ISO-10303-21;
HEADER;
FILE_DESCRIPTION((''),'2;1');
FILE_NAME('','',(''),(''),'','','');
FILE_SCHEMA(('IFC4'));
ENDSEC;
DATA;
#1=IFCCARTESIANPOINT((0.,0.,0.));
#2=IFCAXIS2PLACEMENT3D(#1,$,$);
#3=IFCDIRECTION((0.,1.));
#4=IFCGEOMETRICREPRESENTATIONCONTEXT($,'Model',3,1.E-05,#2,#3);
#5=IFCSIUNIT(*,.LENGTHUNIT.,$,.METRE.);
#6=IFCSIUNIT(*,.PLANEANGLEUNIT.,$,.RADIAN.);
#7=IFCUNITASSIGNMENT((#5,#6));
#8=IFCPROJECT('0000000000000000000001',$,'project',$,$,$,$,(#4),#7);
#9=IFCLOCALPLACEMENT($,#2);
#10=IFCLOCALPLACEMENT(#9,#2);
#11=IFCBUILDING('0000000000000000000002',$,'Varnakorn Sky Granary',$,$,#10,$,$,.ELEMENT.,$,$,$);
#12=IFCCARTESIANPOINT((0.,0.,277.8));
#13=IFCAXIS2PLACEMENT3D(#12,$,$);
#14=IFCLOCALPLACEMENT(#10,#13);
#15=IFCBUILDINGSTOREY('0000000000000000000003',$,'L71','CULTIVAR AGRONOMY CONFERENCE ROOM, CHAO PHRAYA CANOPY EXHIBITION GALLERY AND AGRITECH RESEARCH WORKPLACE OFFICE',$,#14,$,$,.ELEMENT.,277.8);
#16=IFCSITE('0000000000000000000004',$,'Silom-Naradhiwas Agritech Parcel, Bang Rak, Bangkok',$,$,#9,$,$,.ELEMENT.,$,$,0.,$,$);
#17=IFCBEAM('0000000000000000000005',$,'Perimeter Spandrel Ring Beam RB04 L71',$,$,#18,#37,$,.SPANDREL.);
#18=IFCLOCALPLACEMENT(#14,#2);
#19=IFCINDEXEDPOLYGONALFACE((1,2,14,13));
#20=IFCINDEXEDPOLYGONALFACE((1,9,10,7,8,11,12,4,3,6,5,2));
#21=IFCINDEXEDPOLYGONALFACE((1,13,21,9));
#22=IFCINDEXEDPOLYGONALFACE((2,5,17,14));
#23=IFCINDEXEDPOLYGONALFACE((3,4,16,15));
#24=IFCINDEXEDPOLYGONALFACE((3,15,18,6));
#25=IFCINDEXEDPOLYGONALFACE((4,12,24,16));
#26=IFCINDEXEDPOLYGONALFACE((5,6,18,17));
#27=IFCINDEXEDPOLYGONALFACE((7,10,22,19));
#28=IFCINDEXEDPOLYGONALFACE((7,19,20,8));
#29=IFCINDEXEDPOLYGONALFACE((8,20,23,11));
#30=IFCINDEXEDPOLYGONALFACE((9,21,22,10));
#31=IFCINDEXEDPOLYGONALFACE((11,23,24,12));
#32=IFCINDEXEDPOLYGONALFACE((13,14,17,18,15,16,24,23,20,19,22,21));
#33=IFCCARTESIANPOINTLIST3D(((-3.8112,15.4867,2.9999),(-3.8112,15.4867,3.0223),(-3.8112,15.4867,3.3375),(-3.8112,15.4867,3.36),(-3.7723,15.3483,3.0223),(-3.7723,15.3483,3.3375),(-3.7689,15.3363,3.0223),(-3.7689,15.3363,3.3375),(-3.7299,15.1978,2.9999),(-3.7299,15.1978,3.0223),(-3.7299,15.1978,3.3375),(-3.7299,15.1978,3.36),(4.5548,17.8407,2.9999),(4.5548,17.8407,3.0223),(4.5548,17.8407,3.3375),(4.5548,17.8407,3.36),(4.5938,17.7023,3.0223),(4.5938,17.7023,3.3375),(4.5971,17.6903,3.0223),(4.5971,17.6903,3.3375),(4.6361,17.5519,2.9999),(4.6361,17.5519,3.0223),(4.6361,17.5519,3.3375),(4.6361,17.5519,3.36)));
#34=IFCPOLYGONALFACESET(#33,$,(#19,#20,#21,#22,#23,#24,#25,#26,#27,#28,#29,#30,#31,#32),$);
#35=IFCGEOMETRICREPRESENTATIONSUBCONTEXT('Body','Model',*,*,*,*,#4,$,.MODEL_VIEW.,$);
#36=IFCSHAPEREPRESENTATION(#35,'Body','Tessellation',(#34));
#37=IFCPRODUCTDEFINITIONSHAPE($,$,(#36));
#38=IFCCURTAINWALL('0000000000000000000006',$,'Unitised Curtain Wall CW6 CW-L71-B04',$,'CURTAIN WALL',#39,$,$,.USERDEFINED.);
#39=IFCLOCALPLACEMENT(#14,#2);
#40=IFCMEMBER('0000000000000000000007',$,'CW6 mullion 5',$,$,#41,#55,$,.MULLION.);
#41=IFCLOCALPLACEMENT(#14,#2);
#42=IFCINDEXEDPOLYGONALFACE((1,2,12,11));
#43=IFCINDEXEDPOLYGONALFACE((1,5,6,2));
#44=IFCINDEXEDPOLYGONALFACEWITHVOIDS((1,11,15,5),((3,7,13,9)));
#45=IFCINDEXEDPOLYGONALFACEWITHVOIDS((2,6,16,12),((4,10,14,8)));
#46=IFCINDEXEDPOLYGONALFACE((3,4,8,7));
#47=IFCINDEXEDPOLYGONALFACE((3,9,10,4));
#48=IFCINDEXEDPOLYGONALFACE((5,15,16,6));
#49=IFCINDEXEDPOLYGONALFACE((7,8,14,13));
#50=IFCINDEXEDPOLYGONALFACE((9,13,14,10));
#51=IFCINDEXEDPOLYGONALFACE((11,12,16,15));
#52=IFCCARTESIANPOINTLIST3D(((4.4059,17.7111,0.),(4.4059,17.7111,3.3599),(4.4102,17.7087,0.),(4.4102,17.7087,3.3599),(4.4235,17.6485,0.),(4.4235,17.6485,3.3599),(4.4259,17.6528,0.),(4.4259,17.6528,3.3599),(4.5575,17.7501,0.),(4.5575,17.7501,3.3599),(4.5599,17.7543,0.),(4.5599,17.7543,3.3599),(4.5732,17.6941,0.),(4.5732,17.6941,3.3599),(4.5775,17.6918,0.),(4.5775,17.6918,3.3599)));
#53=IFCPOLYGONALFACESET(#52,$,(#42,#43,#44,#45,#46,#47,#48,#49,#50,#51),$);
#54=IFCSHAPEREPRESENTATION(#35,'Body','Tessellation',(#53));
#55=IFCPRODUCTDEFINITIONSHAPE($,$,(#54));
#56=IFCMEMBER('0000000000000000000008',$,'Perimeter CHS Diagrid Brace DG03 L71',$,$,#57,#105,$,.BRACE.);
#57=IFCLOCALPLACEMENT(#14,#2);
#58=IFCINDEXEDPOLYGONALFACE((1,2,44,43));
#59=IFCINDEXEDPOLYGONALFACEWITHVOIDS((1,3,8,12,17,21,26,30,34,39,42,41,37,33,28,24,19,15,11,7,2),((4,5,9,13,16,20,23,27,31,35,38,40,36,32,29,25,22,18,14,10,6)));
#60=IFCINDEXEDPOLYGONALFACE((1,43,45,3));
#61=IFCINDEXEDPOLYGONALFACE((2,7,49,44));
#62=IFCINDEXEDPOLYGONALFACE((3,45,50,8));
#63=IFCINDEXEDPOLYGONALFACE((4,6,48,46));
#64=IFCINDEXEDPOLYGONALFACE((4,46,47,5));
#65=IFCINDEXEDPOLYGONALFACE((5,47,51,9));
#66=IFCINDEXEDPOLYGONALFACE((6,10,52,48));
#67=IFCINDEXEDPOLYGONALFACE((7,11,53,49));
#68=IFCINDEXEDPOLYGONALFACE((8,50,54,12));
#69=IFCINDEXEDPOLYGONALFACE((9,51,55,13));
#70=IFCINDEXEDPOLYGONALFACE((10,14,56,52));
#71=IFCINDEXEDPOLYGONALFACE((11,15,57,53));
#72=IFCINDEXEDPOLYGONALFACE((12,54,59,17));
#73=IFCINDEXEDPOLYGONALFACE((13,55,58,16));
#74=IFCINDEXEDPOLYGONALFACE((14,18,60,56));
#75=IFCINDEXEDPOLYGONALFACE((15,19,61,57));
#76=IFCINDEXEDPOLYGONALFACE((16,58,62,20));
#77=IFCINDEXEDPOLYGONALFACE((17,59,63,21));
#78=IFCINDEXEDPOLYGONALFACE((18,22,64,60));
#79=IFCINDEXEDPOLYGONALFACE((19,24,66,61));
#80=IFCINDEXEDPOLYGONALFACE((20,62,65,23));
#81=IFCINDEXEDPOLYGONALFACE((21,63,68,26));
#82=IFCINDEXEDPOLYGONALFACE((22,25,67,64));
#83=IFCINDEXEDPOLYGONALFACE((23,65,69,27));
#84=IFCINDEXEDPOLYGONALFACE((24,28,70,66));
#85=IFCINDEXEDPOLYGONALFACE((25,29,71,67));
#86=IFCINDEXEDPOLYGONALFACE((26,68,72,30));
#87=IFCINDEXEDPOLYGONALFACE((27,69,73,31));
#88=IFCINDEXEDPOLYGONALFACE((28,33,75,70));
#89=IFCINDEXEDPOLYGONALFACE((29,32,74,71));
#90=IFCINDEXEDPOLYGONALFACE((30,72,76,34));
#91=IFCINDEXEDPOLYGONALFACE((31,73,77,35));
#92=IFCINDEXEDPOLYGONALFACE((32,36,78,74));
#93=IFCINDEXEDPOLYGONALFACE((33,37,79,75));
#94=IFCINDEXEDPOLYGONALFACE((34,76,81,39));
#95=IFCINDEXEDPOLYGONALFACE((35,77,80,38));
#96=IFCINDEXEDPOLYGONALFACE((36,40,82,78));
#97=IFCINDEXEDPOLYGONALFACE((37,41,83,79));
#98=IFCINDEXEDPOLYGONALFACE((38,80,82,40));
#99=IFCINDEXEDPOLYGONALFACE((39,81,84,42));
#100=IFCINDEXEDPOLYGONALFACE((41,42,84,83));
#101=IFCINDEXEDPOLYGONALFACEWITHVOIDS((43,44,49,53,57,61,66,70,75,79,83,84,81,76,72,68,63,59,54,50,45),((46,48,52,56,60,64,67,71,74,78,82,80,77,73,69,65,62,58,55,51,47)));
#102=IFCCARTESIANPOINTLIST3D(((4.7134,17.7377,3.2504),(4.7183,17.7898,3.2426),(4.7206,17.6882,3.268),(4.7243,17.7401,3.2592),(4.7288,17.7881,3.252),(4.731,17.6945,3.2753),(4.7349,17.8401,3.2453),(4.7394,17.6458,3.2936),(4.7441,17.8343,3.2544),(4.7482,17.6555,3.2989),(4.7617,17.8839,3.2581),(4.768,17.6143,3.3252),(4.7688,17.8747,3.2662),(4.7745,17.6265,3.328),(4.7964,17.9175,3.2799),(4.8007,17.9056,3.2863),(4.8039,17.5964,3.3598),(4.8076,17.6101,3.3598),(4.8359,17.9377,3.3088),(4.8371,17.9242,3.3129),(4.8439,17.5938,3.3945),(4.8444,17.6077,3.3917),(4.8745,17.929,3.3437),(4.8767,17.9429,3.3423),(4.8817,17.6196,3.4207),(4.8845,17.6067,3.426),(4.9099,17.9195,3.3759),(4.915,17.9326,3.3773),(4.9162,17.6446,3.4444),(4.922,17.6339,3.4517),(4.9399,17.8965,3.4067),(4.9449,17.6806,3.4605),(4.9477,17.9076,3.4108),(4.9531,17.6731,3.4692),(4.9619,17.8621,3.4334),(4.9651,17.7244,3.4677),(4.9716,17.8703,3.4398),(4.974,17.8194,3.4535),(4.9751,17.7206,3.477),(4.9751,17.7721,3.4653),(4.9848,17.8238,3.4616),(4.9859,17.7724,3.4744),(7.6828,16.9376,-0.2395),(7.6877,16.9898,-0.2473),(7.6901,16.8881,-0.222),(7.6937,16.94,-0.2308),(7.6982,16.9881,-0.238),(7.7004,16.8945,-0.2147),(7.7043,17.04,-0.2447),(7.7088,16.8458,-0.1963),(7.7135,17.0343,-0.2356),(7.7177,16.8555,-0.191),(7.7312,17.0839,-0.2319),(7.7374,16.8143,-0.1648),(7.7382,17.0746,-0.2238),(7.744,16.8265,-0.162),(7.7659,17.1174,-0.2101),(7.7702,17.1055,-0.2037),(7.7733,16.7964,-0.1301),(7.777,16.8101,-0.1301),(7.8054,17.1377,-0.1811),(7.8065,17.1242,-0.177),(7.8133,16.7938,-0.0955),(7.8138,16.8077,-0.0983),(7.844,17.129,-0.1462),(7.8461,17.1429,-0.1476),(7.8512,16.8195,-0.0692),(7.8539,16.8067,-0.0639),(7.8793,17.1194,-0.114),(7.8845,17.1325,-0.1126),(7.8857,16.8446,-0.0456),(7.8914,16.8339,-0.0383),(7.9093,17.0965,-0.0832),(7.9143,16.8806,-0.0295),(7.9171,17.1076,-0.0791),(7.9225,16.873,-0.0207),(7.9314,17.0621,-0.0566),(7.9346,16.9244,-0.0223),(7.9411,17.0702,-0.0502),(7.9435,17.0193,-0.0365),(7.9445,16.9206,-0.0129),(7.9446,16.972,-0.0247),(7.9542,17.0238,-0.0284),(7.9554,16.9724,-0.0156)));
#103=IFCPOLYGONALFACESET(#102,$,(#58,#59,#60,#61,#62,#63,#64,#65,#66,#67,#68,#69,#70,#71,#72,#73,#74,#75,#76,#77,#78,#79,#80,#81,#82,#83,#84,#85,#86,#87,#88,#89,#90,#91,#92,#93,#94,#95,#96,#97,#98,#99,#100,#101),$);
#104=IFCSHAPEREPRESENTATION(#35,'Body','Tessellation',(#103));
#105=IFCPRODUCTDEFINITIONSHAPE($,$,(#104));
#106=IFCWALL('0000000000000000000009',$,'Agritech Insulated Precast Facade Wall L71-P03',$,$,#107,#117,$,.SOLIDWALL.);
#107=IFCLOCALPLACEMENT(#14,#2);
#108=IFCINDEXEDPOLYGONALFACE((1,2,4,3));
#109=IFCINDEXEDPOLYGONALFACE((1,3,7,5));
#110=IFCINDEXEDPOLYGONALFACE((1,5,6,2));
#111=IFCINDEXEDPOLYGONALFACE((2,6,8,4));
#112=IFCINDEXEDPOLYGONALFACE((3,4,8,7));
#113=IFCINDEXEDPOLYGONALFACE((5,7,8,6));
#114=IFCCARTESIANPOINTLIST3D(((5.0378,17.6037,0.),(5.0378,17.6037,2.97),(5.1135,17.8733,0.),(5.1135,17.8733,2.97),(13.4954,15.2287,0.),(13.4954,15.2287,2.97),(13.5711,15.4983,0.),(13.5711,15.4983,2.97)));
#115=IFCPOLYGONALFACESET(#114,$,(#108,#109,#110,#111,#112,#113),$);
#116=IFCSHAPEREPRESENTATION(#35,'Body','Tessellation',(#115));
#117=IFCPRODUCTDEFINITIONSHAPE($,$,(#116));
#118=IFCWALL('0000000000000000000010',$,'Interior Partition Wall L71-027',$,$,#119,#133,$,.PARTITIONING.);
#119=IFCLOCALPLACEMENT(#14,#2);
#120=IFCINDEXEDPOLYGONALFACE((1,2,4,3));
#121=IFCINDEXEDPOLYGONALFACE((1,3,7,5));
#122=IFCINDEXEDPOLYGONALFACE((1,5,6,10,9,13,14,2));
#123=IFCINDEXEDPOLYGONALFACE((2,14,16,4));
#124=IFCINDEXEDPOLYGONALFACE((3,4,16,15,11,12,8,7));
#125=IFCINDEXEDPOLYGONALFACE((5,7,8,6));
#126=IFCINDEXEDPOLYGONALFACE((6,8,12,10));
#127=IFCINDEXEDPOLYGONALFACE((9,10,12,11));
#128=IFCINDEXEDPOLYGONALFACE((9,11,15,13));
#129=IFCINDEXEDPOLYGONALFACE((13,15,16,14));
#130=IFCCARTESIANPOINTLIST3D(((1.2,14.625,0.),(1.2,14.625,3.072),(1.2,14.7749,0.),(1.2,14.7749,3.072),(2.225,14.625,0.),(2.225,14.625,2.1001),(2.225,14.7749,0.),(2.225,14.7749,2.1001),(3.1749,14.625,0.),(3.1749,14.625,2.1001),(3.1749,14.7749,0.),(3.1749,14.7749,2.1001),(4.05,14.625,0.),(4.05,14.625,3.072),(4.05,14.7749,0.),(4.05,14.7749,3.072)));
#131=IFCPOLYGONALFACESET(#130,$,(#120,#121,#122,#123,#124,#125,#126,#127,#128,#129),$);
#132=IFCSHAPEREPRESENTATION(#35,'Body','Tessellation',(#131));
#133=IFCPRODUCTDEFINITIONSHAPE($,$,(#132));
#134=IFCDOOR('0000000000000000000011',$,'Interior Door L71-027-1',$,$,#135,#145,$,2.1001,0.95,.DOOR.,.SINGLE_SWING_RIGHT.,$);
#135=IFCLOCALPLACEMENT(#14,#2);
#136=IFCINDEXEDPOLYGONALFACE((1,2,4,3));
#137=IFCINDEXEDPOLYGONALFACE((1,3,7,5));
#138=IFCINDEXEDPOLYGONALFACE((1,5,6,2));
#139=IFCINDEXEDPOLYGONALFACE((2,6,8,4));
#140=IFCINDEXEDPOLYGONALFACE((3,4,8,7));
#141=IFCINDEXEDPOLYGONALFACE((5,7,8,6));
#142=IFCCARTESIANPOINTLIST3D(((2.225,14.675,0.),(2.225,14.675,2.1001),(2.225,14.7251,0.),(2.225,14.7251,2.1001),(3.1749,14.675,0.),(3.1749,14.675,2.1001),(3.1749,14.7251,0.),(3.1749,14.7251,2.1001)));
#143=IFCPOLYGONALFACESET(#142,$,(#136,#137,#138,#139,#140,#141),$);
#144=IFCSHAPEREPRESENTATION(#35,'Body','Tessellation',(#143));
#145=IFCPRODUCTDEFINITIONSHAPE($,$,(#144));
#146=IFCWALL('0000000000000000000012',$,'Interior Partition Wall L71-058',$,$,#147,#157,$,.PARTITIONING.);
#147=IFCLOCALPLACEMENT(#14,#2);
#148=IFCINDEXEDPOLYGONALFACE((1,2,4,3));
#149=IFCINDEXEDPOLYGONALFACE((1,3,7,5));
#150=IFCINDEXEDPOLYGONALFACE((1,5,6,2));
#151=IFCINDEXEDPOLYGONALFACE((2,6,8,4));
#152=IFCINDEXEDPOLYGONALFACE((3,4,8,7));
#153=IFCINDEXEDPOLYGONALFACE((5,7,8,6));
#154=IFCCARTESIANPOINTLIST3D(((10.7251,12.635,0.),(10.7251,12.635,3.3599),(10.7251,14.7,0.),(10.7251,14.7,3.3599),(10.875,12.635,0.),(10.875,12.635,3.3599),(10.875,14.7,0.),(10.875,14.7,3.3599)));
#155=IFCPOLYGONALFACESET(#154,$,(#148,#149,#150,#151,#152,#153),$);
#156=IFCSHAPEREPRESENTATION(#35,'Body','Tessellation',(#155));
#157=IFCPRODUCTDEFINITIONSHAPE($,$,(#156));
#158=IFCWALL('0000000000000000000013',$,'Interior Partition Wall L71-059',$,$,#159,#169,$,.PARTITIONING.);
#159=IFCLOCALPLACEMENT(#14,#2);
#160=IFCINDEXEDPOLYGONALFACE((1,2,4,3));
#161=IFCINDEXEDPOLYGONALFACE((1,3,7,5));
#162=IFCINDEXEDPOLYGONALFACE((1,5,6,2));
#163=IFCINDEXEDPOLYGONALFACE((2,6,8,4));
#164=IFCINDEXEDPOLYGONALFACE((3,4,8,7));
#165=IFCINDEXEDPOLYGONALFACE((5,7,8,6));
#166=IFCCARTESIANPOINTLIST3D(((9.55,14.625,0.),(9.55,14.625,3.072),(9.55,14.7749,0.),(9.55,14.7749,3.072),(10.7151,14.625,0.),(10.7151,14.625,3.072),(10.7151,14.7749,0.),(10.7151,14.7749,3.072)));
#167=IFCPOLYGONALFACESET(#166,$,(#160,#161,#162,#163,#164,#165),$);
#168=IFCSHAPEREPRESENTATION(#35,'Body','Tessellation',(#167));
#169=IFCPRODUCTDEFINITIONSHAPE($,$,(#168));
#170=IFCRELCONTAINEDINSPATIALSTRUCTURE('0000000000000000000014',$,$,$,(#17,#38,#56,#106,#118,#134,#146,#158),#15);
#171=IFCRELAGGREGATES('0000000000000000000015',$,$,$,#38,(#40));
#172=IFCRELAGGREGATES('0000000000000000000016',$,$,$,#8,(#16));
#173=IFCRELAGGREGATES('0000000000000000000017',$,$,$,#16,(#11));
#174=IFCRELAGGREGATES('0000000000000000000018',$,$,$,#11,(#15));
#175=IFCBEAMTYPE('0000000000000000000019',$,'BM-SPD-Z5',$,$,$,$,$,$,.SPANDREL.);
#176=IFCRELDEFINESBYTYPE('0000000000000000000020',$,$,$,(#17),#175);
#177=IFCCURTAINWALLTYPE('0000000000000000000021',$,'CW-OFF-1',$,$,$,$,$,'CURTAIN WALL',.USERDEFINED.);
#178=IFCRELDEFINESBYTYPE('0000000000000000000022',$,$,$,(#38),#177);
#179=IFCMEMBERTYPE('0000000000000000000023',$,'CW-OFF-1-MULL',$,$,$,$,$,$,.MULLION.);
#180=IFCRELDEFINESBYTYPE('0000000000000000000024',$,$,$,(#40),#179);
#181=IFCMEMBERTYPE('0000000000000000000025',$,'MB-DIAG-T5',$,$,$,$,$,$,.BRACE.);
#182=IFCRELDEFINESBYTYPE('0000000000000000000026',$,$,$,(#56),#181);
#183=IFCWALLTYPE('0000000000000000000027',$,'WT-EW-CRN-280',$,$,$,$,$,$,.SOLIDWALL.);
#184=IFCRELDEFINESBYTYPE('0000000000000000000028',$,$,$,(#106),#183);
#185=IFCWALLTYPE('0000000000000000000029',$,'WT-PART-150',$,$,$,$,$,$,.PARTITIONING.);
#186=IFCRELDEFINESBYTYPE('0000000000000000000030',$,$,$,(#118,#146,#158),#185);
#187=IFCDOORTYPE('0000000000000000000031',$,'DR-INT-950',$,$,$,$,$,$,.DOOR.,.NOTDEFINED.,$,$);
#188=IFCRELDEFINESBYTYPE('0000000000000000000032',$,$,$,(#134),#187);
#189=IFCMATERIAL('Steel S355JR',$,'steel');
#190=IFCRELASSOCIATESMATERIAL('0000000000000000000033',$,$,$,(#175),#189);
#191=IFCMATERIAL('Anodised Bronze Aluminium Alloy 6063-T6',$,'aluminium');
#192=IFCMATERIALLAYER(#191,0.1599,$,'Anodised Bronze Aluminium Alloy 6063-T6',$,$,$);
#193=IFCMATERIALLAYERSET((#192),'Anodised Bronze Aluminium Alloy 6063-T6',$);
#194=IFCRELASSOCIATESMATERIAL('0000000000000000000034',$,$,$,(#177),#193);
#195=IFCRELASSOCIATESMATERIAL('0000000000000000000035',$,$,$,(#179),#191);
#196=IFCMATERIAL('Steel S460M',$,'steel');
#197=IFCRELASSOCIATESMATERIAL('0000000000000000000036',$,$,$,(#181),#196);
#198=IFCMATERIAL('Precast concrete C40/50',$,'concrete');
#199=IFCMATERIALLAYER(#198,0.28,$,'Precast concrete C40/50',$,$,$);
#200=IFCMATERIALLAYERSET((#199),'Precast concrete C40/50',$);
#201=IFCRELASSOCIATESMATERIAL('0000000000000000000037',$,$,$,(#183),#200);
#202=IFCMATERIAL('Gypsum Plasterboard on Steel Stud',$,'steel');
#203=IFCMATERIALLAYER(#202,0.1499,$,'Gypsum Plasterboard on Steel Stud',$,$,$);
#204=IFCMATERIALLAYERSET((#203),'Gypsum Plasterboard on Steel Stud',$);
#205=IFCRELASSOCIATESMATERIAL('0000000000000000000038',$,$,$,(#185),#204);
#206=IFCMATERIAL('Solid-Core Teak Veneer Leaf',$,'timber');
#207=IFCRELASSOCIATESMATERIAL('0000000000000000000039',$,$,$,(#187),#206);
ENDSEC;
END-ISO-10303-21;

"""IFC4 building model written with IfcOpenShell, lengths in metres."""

from ifc_helpers import new_model, si_unit, direction, frame, frame_2d, origin, origin_2d, place, context, subcontext, project, spatial, rectangle, hollow_rectangle, hollow_circle, i_section, extrude, material, layer, layer_set, material_profile, profile_set, type_object, element, fill, aggregate, save


model = new_model("IFC4")

# Units and contexts
model_context = context("Model", 3, precision=1e-05, world=origin(), true_north=direction((0.0, 1.0)))
body_context = subcontext(model_context, "Body", "Model", "MODEL_VIEW")
ifc_project = project(units=[si_unit("LENGTHUNIT", "METRE"), si_unit("PLANEANGLEUNIT", "RADIAN")], contexts=[model_context])

# Site, building, storey
site_placement = place(None, origin())
site = spatial("IfcSite", under=ifc_project, at=site_placement, Name="Silom-Naradhiwas Agritech Parcel, Bang Rak, Bangkok", CompositionType="ELEMENT", RefElevation=0.0)
building_placement = place(site_placement, origin())
building = spatial("IfcBuilding", under=site, at=building_placement, Name="Varnakorn Sky Granary", CompositionType="ELEMENT")
storey_placement = place(building_placement, frame((0.0, 0.0, 277.8)))
storey = spatial("IfcBuildingStorey", under=building, at=storey_placement, Name="L71", Description="CULTIVAR AGRONOMY CONFERENCE ROOM, CHAO PHRAYA CANOPY EXHIBITION GALLERY AND AGRITECH RESEARCH WORKPLACE OFFICE", CompositionType="ELEMENT", Elevation=277.8)

# Shared definitions
ifc_material_1 = material(Name="Steel S460M", Category="steel")

# Beam
ifc_material_2 = material(Name="Steel S355JR", Category="steel")
ifc_material_profile_1 = material_profile(ifc_material_2, i_section(OverallWidth=0.3, OverallDepth=0.3601, WebThickness=0.0125, FlangeThickness=0.0225, at=origin_2d()), Name="HE 360 B")
ifc_profile_set_1 = profile_set([ifc_material_profile_1], Name="Steel S355JR")
beam_type_1 = type_object("IfcBeamType", Name="BM-SPD-Z5", PredefinedType="SPANDREL", material=ifc_profile_set_1)
for number, where, z_axis, x_axis, name in (
    (1, (4.5955, 17.6963, 3.1799), (-0.962619, -0.27086, 0.0), (0.27086, -0.962619, 0.0), "Perimeter Spandrel Ring Beam RB04 L71"),
):
    element("IfcBeam", number, at=place(storey_placement, frame(where, z_axis=z_axis, x_axis=x_axis)), inside=storey, type_object=beam_type_1, Name=name, PredefinedType="SPANDREL", context=body_context, shape_type="SweptSolid", body=[
        extrude(i_section(OverallWidth=0.3, OverallDepth=0.3601, WebThickness=0.0125, FlangeThickness=0.0225, at=origin_2d()), origin(), (0.0, 0.0, 1.0), 8.6909),
    ])

# Curtain wall, member
ifc_material_3 = material(Name="Anodised Bronze Aluminium Alloy 6063-T6", Category="aluminium")
ifc_layer_1 = layer(ifc_material_3, 0.1599, Name="Anodised Bronze Aluminium Alloy 6063-T6")
ifc_layer_set_1 = layer_set([ifc_layer_1], Name="Anodised Bronze Aluminium Alloy 6063-T6")
curtain_wall_type = type_object("IfcCurtainWallType", Name="CW-OFF-1", ElementType="CURTAIN WALL", PredefinedType="USERDEFINED", material=ifc_layer_set_1)
curtain_wall_placement = place(storey_placement, origin())
curtain_wall = element("IfcCurtainWall", 2, at=curtain_wall_placement, inside=storey, type_object=curtain_wall_type, Name="Unitised Curtain Wall CW6 CW-L71-B04", ObjectType="CURTAIN WALL", PredefinedType="USERDEFINED")
ifc_material_profile_2 = material_profile(ifc_material_3, hollow_rectangle(XDim=0.0649, YDim=0.1599, WallThickness=0.0034, at=origin_2d()), Name="ALU MULL 65x160")
ifc_profile_set_2 = profile_set([ifc_material_profile_2], Name="Anodised Bronze Aluminium Alloy 6063-T6")
member_type_1 = type_object("IfcMemberType", Name="CW-OFF-1-MULL", PredefinedType="MULLION", material=ifc_profile_set_2)
member_1_placement = place(storey_placement, frame((4.4917, 17.7014, 0.0), z_axis=(0.0, 0.0, 1.0), x_axis=(-0.27037, 0.962756, 0.0)))
member_1 = element("IfcMember", 3, at=member_1_placement, type_object=member_type_1, Name="CW6 mullion 5", PredefinedType="MULLION", context=body_context, shape_type="SweptSolid", body=[
    extrude(hollow_rectangle(XDim=0.0649, YDim=0.1599, WallThickness=0.0034, at=origin_2d()), origin(), (0.0, 0.0, 1.0), 3.3599),
])
aggregate(curtain_wall, [member_1])

# Member
ifc_material_profile_3 = material_profile(ifc_material_1, hollow_circle(Radius=0.1777, WallThickness=0.0142, at=origin_2d()), Name="CHS 355.6x14")
ifc_profile_set_3 = profile_set([ifc_material_profile_3], Name="Steel S460M")
member_type_2 = type_object("IfcMemberType", Name="MB-DIAG-T5", PredefinedType="BRACE", material=ifc_profile_set_3)
member_2_placement = place(storey_placement, frame((7.8196, 16.968, -0.1301), z_axis=(-0.638371, 0.171992, 0.750268), x_axis=(-0.260147, -0.965569, 0.0)))
element("IfcMember", 4, at=member_2_placement, inside=storey, type_object=member_type_2, Name="Perimeter CHS Diagrid Brace DG03 L71", PredefinedType="BRACE", context=body_context, shape_type="SweptSolid", body=[
    extrude(hollow_circle(Radius=0.1777, WallThickness=0.0142, at=origin_2d()), origin(), (0.0, 0.0, 1.0), 4.6516),
])

# Wall
ifc_material_4 = material(Name="Precast concrete C40/50", Category="concrete")
ifc_layer_2 = layer(ifc_material_4, 0.28, Name="Precast concrete C40/50")
ifc_layer_set_2 = layer_set([ifc_layer_2], Name="Precast concrete C40/50")
wall_type_1 = type_object("IfcWallType", Name="WT-EW-CRN-280", PredefinedType="SOLIDWALL", material=ifc_layer_set_2)
wall_1_placement = place(storey_placement, frame((5.0757, 17.7385, 0.0), z_axis=(0.0, 0.0, 1.0), x_axis=(0.96276, -0.270358, 0.0)))
element("IfcWall", 5, at=wall_1_placement, inside=storey, type_object=wall_type_1, Name="Agritech Insulated Precast Facade Wall L71-P03", PredefinedType="SOLIDWALL", context=body_context, shape_type="SweptSolid", body=[
    extrude(rectangle(XDim=8.7847, YDim=0.28, at=frame_2d((4.3923, 0.0))), origin(), (0.0, 0.0, 1.0), 2.97),
])

# Wall, opening, door
ifc_material_5 = material(Name="Gypsum Plasterboard on Steel Stud", Category="steel")
ifc_layer_3 = layer(ifc_material_5, 0.1499, Name="Gypsum Plasterboard on Steel Stud")
ifc_layer_set_3 = layer_set([ifc_layer_3], Name="Gypsum Plasterboard on Steel Stud")
wall_type_2 = type_object("IfcWallType", Name="WT-PART-150", PredefinedType="PARTITIONING", material=ifc_layer_set_3)
wall_2_placement = place(storey_placement, frame((4.05, 14.7, 0.0), z_axis=(0.0, 0.0, 1.0), x_axis=(-1.0, 0.0, 0.0)))
wall_2 = element("IfcWall", 6, at=wall_2_placement, inside=storey, type_object=wall_type_2, Name="Interior Partition Wall L71-027", PredefinedType="PARTITIONING", context=body_context, shape_type="SweptSolid", body=[
    extrude(rectangle(XDim=2.8501, YDim=0.1499, at=frame_2d((1.425, 0.0))), origin(), (0.0, 0.0, 1.0), 3.072),
])
opening_1_placement = place(wall_2_placement, frame((0.875, 0.0, 0.0)))
opening_1 = element("IfcOpeningElement", 7, at=opening_1_placement, cuts=wall_2, PredefinedType="OPENING", context=body_context, shape_type="SweptSolid", body=[
    extrude(rectangle(XDim=0.95, YDim=2.1001, at=frame_2d((0.4751, 1.05))), frame((0.0, 0.085, 0.0), z_axis=(0.0, -1.0, 0.0), x_axis=(1.0, 0.0, 0.0)), (0.0, 0.0, 1.0), 0.1699),
])
ifc_material_6 = material(Name="Solid-Core Teak Veneer Leaf", Category="timber")
door_type = type_object("IfcDoorType", Name="DR-INT-950", OperationType="NOTDEFINED", PredefinedType="DOOR", material=ifc_material_6)
door_1_placement = place(opening_1_placement, origin())
door_1 = element("IfcDoor", 8, at=door_1_placement, inside=storey, type_object=door_type, Name="Interior Door L71-027-1", OperationType="SINGLE_SWING_RIGHT", OverallHeight=2.1001, OverallWidth=0.95, PredefinedType="DOOR", context=body_context, shape_type="SweptSolid", body=[
    extrude(rectangle(XDim=0.95, YDim=2.1001, at=frame_2d((0.4751, 1.05))), frame((0.0, 0.0249, 0.0), z_axis=(0.0, -1.0, 0.0), x_axis=(1.0, 0.0, 0.0)), (0.0, 0.0, 1.0), 0.05),
])
fill(opening_1, door_1)

# Walls
wall_3_placement = place(storey_placement, frame((10.8, 12.635, 0.0), z_axis=(0.0, 0.0, 1.0), x_axis=(0.0, 1.0, 0.0)))
element("IfcWall", 9, at=wall_3_placement, inside=storey, type_object=wall_type_2, Name="Interior Partition Wall L71-058", PredefinedType="PARTITIONING", context=body_context, shape_type="SweptSolid", body=[
    extrude(rectangle(XDim=2.0649, YDim=0.1499, at=frame_2d((1.0325, 0.0))), origin(), (0.0, 0.0, 1.0), 3.3599),
])
wall_4_placement = place(storey_placement, frame((10.7151, 14.7, 0.0), z_axis=(0.0, 0.0, 1.0), x_axis=(-1.0, 0.0, 0.0)))
element("IfcWall", 10, at=wall_4_placement, inside=storey, type_object=wall_type_2, Name="Interior Partition Wall L71-059", PredefinedType="PARTITIONING", context=body_context, shape_type="SweptSolid", body=[
    extrude(rectangle(XDim=1.165, YDim=0.1499, at=frame_2d((0.5825, 0.0))), origin(), (0.0, 0.0, 1.0), 3.072),
])

save(model, "model.ifc")
